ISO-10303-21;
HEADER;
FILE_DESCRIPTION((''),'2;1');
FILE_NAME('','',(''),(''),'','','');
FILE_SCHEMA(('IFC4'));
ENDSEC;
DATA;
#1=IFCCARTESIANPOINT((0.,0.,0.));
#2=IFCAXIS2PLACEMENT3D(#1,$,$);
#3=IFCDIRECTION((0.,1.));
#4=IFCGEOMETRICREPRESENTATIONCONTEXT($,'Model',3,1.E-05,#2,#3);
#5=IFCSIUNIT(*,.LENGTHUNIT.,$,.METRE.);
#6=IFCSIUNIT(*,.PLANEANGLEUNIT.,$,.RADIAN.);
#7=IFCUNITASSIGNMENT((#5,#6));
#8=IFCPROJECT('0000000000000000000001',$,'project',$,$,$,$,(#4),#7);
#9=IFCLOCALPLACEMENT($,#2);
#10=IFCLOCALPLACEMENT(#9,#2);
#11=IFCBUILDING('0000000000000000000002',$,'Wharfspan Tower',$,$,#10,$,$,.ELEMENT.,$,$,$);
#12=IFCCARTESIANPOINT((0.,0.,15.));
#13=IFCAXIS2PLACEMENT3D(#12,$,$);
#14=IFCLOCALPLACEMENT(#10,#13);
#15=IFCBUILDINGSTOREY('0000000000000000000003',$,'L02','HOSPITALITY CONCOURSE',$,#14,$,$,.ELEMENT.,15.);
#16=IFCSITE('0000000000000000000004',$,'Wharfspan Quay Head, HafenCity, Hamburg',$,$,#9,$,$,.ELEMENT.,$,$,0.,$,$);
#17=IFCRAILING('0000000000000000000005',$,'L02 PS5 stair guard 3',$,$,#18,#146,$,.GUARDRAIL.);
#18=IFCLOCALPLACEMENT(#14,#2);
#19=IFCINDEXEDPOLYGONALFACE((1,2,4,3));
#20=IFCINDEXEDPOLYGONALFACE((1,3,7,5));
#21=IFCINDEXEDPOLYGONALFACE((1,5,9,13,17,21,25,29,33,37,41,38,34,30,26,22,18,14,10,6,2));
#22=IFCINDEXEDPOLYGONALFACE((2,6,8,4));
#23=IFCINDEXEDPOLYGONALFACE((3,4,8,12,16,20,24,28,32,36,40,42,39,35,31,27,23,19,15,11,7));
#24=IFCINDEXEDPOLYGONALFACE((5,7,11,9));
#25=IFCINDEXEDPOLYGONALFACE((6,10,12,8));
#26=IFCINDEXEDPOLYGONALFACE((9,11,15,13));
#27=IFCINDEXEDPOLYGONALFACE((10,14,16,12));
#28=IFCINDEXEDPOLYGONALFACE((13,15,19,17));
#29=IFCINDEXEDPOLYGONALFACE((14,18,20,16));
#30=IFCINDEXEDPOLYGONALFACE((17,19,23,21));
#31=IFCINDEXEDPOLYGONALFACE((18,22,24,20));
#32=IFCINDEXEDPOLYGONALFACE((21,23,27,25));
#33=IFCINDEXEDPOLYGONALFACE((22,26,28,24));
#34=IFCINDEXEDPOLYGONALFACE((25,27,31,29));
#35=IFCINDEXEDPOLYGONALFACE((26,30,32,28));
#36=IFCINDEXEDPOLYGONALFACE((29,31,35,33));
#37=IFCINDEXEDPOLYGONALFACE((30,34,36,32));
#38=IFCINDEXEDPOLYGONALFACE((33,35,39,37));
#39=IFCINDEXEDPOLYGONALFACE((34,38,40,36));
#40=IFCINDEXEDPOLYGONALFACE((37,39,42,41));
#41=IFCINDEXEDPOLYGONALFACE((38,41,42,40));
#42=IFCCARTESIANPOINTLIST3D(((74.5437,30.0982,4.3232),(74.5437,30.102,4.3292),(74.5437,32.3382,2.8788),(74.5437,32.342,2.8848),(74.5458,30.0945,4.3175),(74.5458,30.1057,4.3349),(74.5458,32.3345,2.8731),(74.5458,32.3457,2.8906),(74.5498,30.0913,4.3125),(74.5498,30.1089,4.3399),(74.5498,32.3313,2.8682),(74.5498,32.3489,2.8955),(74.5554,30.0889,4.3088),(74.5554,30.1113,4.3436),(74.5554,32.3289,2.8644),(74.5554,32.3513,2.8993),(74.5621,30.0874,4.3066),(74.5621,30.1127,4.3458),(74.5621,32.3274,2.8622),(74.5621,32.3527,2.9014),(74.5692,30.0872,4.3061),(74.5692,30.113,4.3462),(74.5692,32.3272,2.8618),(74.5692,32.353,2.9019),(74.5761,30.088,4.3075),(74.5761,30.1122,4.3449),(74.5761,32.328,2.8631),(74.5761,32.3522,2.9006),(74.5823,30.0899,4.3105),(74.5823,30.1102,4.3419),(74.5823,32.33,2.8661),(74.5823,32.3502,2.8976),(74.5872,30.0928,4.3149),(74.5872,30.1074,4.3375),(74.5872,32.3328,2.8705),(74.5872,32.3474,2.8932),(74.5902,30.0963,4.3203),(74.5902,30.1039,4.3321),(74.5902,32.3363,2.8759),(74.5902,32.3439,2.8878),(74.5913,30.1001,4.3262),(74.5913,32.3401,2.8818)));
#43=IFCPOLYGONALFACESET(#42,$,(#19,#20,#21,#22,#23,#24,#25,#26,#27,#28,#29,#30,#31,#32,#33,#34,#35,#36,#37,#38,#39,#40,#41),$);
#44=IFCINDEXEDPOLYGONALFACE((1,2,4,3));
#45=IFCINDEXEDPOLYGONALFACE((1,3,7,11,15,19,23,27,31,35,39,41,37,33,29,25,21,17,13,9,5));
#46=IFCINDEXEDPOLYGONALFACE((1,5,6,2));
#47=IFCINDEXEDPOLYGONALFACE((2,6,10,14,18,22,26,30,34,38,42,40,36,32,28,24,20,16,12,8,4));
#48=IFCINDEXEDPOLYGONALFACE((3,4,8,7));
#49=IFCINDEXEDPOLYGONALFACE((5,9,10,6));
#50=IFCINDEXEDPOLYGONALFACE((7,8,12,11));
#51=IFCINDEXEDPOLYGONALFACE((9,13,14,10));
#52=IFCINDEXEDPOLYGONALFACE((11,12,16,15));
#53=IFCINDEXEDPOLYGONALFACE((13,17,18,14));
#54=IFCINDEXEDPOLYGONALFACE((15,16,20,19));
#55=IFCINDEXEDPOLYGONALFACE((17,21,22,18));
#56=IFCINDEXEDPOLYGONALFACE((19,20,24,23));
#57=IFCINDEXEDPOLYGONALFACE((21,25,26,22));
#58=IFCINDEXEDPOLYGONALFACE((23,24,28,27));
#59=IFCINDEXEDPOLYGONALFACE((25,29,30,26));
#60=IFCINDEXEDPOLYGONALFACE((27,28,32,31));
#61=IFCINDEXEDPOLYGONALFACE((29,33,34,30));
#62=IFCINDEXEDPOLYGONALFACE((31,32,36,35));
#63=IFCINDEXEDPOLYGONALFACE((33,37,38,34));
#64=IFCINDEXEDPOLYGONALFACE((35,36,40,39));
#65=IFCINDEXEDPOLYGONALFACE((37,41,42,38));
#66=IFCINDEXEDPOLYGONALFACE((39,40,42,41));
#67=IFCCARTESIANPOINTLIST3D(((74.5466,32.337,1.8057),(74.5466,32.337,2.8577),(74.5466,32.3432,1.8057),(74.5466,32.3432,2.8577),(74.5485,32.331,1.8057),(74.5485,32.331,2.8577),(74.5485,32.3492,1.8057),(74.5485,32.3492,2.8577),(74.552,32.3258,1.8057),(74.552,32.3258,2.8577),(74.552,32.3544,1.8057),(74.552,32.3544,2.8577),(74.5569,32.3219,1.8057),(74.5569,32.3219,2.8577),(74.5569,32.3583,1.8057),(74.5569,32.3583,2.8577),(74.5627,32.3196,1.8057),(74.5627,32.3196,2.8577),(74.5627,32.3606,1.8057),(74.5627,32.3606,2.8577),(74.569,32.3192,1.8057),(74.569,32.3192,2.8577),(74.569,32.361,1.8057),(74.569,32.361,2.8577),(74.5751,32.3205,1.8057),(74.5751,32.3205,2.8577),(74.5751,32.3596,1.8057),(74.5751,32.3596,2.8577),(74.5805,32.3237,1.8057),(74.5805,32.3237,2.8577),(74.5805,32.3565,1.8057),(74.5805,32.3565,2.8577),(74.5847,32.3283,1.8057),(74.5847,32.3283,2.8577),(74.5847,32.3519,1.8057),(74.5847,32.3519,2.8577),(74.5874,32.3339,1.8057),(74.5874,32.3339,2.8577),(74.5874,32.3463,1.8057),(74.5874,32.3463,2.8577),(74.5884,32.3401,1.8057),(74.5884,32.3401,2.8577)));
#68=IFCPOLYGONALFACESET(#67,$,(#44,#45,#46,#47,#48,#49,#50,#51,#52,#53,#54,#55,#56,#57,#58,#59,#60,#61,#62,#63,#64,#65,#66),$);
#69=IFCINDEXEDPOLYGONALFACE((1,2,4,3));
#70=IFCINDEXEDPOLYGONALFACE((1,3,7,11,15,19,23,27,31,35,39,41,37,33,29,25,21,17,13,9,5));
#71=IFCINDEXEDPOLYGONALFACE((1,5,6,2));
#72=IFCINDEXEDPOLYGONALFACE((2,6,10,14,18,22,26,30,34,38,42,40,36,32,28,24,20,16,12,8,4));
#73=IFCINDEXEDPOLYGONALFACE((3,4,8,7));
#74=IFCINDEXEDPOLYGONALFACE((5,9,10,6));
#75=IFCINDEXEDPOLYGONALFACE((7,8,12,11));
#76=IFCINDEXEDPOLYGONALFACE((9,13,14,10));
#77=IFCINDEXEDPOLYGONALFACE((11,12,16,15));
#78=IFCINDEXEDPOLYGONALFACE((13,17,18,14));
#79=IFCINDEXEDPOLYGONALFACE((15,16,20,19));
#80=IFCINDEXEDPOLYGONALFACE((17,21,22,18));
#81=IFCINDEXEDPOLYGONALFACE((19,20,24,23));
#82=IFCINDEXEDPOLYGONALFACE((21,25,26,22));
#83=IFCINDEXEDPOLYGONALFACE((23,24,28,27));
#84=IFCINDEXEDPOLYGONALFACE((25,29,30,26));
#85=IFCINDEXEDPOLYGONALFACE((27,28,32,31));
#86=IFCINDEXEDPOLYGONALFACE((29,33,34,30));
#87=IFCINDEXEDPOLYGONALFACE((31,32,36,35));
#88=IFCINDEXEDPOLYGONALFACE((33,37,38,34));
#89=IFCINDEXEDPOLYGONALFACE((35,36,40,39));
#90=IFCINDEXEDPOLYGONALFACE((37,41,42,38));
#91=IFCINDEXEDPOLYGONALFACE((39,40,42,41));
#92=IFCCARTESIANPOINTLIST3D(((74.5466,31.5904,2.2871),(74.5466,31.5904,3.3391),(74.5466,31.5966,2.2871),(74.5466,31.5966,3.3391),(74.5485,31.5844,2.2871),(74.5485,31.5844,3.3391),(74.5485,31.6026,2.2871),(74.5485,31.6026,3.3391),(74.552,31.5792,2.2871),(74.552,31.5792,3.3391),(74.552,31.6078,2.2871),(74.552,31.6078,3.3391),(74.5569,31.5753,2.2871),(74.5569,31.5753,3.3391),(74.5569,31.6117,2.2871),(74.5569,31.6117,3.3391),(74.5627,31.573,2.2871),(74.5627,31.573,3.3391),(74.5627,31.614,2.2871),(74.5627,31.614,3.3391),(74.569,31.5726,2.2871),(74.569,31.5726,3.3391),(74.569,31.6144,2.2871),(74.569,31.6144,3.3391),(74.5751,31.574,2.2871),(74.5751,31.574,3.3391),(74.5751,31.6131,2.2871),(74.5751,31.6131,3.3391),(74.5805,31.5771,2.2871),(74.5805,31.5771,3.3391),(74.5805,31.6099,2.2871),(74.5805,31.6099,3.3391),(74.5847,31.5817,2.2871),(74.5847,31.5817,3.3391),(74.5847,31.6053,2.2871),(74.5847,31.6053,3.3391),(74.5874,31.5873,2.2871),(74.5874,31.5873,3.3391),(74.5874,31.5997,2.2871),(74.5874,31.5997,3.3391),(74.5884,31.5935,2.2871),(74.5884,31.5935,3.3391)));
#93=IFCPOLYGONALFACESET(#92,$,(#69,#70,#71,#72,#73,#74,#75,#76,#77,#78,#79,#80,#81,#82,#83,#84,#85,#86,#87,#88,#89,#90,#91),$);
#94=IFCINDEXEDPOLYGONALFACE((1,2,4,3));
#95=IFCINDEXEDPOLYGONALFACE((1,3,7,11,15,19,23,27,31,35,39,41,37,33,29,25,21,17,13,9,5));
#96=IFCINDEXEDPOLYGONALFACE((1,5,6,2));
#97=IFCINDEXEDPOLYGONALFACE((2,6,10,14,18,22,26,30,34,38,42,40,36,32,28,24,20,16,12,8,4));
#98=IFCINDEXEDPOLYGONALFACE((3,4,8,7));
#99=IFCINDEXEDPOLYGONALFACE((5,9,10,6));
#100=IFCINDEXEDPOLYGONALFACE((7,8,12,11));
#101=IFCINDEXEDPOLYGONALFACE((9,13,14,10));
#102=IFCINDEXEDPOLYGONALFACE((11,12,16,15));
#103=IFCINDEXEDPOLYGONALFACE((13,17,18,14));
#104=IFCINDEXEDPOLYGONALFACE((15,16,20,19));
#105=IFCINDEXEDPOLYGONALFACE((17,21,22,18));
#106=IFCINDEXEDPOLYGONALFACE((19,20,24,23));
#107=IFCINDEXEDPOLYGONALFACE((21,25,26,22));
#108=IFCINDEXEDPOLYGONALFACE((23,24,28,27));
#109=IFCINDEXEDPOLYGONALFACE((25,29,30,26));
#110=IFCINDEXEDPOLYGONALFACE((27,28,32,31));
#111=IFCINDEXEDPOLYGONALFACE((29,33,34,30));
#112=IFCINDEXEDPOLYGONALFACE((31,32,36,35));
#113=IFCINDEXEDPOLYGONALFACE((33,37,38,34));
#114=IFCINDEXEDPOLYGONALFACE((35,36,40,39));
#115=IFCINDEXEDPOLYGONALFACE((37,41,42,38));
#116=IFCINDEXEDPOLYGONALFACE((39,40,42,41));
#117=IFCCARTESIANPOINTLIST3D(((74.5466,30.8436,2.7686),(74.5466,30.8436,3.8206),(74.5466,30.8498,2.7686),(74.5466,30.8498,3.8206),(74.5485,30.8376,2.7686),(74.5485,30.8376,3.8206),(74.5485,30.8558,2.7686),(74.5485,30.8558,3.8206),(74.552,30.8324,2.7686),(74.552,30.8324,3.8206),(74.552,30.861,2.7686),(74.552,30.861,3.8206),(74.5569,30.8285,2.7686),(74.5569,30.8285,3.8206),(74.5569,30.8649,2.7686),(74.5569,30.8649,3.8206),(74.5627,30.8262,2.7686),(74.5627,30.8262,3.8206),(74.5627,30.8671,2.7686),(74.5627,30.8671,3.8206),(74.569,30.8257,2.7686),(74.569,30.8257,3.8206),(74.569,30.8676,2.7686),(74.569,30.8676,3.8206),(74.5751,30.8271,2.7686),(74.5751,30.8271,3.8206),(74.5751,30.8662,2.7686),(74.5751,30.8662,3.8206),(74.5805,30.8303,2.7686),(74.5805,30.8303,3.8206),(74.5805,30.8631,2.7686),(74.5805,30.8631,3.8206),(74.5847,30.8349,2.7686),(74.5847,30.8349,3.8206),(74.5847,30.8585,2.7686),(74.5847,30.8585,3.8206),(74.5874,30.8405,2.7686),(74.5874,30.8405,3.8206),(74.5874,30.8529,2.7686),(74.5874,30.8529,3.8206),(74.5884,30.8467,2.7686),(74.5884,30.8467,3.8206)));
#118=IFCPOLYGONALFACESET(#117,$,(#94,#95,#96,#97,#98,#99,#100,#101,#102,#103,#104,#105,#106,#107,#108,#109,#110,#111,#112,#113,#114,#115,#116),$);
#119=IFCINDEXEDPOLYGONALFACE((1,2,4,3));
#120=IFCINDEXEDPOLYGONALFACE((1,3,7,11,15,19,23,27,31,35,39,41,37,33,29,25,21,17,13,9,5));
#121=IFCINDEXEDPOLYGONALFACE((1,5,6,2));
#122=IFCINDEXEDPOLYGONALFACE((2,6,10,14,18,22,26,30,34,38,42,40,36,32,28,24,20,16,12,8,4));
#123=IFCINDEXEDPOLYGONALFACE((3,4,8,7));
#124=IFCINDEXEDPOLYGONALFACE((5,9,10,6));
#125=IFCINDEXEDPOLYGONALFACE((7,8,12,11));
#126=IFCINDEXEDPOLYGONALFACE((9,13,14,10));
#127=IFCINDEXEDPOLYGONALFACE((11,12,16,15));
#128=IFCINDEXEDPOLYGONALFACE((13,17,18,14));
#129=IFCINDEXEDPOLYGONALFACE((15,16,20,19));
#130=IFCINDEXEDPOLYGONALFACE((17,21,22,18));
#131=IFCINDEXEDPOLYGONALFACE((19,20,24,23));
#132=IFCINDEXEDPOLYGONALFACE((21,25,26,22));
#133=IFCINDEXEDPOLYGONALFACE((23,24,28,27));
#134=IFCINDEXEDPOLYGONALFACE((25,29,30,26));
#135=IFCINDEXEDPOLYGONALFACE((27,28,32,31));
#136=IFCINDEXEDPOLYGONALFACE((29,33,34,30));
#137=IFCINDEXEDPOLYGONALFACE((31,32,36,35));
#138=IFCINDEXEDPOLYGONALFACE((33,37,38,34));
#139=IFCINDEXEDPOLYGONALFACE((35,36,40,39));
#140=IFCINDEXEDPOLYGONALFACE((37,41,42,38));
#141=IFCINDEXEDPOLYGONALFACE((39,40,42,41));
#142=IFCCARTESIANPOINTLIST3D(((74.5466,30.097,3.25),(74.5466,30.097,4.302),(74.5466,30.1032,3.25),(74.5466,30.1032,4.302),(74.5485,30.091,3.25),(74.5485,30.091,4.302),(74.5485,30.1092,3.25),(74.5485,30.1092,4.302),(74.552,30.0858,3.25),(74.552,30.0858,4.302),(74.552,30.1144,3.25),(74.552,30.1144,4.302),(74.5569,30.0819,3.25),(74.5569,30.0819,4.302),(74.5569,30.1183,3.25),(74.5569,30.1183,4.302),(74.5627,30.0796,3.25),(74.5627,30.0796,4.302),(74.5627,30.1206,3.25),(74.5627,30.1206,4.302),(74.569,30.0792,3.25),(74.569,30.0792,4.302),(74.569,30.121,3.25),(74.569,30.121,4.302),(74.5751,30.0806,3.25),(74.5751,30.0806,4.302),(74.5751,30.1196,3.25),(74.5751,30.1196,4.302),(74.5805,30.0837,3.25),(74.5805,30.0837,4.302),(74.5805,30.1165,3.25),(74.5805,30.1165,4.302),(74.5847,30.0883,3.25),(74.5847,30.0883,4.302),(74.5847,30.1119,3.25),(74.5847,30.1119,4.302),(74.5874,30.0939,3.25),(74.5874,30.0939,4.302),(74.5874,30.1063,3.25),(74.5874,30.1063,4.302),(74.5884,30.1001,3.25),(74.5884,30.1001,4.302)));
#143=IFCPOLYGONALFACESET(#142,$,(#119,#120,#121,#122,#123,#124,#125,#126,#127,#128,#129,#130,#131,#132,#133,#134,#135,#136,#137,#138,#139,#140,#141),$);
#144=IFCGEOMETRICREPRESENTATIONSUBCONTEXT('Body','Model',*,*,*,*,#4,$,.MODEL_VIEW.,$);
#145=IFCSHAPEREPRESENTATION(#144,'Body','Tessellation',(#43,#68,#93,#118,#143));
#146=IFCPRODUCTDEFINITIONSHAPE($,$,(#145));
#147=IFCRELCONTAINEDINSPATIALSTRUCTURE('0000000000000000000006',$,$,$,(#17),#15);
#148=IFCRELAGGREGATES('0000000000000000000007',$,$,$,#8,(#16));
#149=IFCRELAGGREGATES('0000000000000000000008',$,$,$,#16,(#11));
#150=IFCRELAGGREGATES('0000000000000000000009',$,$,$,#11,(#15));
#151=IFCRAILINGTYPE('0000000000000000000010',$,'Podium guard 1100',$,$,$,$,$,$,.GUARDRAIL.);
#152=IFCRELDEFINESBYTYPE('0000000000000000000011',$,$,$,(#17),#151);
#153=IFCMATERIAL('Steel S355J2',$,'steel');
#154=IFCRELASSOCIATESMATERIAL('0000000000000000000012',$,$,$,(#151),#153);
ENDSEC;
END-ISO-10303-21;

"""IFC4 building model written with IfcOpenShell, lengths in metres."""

from ifc_helpers import new_model, si_unit, direction, frame, origin, origin_2d, place, context, subcontext, project, spatial, circle, extrude, material, type_object, element, save


model = new_model("IFC4")

# Units and contexts
model_context = context("Model", 3, precision=1e-05, world=origin(), true_north=direction((0.0, 1.0)))
body_context = subcontext(model_context, "Body", "Model", "MODEL_VIEW")
ifc_project = project(units=[si_unit("LENGTHUNIT", "METRE"), si_unit("PLANEANGLEUNIT", "RADIAN")], contexts=[model_context])

# Site, building, storey
site_placement = place(None, origin())
site = spatial("IfcSite", under=ifc_project, at=site_placement, Name="Wharfspan Quay Head, HafenCity, Hamburg", CompositionType="ELEMENT", RefElevation=0.0)
building_placement = place(site_placement, origin())
building = spatial("IfcBuilding", under=site, at=building_placement, Name="Wharfspan Tower", CompositionType="ELEMENT")
storey_placement = place(building_placement, frame((0.0, 0.0, 15.0)))
storey = spatial("IfcBuildingStorey", under=building, at=storey_placement, Name="L02", Description="HOSPITALITY CONCOURSE", CompositionType="ELEMENT", Elevation=15.0)

# Railing
ifc_material_1 = material(Name="Steel S355J2", Category="steel")
railing_type_1 = type_object("IfcRailingType", Name="Podium guard 1100", PredefinedType="GUARDRAIL", material=ifc_material_1)
railing_1_placement = place(storey_placement, frame((74.5674, 32.3401, 1.8057)))
element("IfcRailing", 1, at=railing_1_placement, inside=storey, type_object=railing_type_1, Name="L02 PS5 stair guard 3", PredefinedType="GUARDRAIL", context=body_context, shape_type="SweptSolid", body=[
    extrude(circle(Radius=0.0239, at=origin_2d()), frame((0.0, 0.0, 1.0762), z_axis=(0.0, -0.840437, 0.54191), x_axis=(1.0, 0.0, 0.0)), (0.0, 0.0, 1.0), 2.6653),
    extrude(circle(Radius=0.021, at=origin_2d()), origin(), (0.0, 0.0, 1.0), 1.052),
    extrude(circle(Radius=0.021, at=origin_2d()), frame((0.0, -0.7466, 0.4814)), (0.0, 0.0, 1.0), 1.052),
    extrude(circle(Radius=0.021, at=origin_2d()), frame((0.0, -1.4934, 0.9629)), (0.0, 0.0, 1.0), 1.052),
    extrude(circle(Radius=0.021, at=origin_2d()), frame((0.0, -2.24, 1.4443)), (0.0, 0.0, 1.0), 1.052),
])

save(model, "model.ifc")
